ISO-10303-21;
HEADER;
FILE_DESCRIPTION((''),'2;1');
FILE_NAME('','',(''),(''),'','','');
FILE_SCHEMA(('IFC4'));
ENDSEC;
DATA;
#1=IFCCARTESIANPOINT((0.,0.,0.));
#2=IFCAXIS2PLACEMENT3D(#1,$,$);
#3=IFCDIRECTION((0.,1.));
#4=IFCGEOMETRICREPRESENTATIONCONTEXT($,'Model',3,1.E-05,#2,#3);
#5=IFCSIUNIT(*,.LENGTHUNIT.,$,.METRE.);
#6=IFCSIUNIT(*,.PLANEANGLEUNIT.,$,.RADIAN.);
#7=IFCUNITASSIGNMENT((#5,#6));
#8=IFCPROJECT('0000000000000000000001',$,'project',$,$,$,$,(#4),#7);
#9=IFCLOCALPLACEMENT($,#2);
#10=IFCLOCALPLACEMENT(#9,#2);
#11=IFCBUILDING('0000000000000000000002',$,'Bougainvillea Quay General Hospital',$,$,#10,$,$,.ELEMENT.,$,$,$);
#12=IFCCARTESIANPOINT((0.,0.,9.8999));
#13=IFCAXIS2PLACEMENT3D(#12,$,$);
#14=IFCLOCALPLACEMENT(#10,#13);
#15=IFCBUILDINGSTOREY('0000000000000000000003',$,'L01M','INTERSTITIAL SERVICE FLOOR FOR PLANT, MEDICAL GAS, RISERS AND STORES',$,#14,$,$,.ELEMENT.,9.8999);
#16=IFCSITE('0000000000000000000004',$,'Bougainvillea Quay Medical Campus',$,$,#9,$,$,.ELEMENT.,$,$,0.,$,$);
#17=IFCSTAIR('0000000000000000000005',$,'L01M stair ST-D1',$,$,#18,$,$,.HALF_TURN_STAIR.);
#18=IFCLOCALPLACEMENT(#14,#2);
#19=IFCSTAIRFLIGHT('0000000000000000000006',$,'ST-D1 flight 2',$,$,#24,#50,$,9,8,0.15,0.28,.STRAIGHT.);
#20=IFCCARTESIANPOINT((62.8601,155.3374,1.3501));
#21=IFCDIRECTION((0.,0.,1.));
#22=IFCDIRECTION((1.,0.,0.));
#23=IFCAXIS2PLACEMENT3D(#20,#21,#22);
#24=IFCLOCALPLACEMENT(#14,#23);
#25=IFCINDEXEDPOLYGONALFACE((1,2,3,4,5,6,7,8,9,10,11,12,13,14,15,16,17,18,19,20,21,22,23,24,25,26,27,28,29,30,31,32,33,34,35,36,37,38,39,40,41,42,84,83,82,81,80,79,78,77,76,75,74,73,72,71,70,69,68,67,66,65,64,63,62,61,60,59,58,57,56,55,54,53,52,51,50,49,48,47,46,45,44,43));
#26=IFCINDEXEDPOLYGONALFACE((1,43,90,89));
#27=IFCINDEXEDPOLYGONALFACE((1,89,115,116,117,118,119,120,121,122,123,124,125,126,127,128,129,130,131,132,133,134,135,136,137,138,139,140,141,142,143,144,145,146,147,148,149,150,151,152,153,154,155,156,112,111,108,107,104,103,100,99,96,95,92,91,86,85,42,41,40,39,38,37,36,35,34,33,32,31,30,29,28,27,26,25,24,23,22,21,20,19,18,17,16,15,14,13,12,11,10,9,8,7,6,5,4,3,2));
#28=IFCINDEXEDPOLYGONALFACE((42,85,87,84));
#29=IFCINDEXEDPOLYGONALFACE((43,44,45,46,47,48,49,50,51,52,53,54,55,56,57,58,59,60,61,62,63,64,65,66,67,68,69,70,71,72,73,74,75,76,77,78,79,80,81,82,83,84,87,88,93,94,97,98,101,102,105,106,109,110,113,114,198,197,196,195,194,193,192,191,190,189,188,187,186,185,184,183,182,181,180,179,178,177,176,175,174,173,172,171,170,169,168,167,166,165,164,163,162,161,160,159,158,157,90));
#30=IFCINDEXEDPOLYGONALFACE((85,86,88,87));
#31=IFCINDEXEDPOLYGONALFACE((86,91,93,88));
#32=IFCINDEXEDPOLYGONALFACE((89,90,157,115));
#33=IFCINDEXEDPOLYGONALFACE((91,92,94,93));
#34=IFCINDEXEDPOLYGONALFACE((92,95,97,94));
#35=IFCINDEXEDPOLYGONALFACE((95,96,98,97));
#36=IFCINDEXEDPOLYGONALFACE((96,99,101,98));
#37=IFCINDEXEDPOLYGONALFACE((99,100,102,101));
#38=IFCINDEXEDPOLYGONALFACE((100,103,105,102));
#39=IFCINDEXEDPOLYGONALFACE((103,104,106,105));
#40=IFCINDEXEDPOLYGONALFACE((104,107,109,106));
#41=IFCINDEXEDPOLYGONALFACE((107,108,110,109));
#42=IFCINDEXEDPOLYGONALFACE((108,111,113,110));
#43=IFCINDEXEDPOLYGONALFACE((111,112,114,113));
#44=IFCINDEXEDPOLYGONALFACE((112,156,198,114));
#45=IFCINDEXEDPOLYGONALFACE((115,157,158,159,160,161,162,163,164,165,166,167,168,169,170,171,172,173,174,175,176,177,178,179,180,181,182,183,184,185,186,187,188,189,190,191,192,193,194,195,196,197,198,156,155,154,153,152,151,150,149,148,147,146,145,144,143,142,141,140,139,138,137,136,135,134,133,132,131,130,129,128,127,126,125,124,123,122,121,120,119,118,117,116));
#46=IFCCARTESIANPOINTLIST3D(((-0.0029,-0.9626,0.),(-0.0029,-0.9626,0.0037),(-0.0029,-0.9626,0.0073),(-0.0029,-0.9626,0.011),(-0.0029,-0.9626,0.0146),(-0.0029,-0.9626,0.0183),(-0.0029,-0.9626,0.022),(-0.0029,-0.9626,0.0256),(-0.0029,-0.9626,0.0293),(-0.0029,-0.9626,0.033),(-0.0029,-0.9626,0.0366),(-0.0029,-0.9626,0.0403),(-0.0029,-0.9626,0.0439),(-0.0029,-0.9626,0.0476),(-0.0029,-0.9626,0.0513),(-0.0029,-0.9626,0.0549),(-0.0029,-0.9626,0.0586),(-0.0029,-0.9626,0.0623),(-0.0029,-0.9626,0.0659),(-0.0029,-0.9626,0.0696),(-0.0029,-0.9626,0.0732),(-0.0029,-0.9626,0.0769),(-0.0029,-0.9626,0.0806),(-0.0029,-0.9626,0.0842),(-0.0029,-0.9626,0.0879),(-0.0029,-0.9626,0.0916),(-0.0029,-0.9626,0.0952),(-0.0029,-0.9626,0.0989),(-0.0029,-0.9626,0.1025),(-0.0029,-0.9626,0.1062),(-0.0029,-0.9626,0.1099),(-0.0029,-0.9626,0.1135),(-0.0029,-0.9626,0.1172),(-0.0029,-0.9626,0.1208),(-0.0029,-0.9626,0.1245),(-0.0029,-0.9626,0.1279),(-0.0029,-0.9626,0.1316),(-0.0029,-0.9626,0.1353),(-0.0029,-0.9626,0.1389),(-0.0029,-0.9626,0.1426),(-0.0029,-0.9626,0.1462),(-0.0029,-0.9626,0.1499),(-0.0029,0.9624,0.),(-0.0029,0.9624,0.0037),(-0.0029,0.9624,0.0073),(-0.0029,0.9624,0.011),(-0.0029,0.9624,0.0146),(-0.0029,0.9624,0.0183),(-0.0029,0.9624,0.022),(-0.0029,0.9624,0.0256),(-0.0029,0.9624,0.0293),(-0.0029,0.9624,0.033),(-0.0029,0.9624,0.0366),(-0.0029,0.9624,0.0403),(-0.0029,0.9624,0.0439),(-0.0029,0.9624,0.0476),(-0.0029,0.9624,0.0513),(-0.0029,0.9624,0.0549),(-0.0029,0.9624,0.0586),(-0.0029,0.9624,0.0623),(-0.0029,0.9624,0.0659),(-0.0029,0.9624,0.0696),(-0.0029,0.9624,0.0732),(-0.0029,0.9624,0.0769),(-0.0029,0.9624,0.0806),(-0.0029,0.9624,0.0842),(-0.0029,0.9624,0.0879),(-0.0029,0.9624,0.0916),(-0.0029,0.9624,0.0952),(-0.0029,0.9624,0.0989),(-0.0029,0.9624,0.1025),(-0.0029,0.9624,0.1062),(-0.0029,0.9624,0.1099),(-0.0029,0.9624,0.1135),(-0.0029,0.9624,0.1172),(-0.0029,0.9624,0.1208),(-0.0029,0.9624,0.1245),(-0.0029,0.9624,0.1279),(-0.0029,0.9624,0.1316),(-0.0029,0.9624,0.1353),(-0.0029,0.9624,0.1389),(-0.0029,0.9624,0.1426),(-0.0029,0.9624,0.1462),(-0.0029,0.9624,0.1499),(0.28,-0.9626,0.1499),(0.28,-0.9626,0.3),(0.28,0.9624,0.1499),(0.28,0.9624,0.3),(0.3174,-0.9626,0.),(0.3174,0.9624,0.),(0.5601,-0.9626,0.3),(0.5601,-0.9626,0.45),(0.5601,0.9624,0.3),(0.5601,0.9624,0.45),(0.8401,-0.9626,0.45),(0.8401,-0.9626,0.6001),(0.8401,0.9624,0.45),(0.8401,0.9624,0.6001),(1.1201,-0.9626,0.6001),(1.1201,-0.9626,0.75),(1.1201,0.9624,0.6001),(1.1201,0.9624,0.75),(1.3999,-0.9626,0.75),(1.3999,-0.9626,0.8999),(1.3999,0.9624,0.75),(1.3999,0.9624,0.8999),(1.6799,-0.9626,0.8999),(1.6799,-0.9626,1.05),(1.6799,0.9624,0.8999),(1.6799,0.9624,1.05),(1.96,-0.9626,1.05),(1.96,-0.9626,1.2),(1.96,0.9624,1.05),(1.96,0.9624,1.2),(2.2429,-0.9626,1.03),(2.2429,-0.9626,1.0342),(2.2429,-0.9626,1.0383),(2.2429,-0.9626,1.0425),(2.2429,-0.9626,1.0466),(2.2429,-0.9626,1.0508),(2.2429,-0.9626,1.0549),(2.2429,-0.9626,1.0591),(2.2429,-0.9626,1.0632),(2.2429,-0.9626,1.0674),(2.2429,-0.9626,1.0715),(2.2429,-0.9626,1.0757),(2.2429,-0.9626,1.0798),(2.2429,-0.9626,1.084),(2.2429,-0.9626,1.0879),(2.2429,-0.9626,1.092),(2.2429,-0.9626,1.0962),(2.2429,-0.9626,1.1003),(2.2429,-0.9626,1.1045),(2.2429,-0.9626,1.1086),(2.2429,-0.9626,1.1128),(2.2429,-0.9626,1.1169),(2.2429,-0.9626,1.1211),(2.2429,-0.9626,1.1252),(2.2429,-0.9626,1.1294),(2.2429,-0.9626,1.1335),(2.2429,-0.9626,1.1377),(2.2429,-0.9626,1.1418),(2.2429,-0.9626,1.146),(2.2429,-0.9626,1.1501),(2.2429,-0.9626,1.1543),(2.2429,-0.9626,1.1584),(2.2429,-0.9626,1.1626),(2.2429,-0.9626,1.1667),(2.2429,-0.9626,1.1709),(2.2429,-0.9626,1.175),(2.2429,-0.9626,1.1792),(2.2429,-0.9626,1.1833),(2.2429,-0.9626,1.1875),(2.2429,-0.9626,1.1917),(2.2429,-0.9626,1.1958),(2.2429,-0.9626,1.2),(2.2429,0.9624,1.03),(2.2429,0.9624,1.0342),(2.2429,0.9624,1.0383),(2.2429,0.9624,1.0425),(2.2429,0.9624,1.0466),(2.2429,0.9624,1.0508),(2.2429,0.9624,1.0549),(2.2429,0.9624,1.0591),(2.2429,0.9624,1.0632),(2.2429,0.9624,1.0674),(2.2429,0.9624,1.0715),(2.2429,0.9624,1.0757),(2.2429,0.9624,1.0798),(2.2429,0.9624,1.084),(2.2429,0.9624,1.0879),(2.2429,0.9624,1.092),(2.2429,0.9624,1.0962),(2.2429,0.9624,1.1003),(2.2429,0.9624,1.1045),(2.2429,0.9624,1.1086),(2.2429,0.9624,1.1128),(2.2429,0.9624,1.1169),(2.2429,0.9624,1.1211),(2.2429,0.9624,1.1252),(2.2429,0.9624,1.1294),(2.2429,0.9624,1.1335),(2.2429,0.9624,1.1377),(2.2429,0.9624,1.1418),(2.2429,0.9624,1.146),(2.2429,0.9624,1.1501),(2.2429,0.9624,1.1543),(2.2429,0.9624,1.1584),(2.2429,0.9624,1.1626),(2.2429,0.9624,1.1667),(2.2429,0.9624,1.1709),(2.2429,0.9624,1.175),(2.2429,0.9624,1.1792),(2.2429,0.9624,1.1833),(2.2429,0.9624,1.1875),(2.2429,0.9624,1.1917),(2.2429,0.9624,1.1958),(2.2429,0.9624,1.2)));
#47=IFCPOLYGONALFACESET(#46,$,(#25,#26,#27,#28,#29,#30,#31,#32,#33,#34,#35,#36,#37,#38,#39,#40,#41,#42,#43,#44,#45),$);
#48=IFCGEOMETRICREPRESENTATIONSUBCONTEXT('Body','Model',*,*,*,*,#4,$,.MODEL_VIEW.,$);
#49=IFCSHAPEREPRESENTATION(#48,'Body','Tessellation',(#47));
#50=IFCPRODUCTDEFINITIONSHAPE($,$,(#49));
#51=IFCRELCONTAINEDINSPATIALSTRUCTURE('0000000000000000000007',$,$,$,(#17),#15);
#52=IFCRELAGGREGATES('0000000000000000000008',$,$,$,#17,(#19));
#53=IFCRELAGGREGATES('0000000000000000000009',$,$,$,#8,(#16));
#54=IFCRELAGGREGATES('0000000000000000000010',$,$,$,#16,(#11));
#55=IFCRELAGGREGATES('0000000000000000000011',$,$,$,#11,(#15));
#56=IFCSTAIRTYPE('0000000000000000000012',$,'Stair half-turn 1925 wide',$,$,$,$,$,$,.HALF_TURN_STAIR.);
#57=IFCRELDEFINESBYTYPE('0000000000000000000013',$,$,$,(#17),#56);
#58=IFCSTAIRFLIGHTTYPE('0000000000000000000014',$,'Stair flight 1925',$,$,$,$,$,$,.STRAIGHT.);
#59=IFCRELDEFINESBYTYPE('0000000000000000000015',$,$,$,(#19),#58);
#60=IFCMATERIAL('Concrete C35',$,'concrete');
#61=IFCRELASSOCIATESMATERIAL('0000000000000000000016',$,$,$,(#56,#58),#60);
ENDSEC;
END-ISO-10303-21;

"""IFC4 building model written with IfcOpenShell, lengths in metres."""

from ifc_helpers import new_model, si_unit, direction, frame, origin, place, context, subcontext, project, spatial, polyline, outline, extrude, material, type_object, element, aggregate, save


model = new_model("IFC4")

# Units and contexts
model_context = context("Model", 3, precision=1e-05, world=origin(), true_north=direction((0.0, 1.0)))
body_context = subcontext(model_context, "Body", "Model", "MODEL_VIEW")
ifc_project = project(units=[si_unit("LENGTHUNIT", "METRE"), si_unit("PLANEANGLEUNIT", "RADIAN")], contexts=[model_context])

# Site, building, storey
site_placement = place(None, origin())
site = spatial("IfcSite", under=ifc_project, at=site_placement, Name="Bougainvillea Quay Medical Campus", CompositionType="ELEMENT", RefElevation=0.0)
building_placement = place(site_placement, origin())
building = spatial("IfcBuilding", under=site, at=building_placement, Name="Bougainvillea Quay General Hospital", CompositionType="ELEMENT")
storey_placement = place(building_placement, frame((0.0, 0.0, 9.8999)))
storey = spatial("IfcBuildingStorey", under=building, at=storey_placement, Name="L01M", Description="INTERSTITIAL SERVICE FLOOR FOR PLANT, MEDICAL GAS, RISERS AND STORES", CompositionType="ELEMENT", Elevation=9.8999)

# Stair, stair flight
ifc_material_1 = material(Name="Concrete C35", Category="concrete")
stair_type = type_object("IfcStairType", Name="Stair half-turn 1925 wide", PredefinedType="HALF_TURN_STAIR", material=ifc_material_1)
stair_placement = place(storey_placement, origin())
stair = element("IfcStair", 1, at=stair_placement, inside=storey, type_object=stair_type, Name="L01M stair ST-D1", PredefinedType="HALF_TURN_STAIR")
stair_flight_type = type_object("IfcStairFlightType", Name="Stair flight 1925", PredefinedType="STRAIGHT", material=ifc_material_1)
stair_flight_1_placement = place(storey_placement, frame((62.8601, 155.3374, 1.3501), z_axis=(0.0, 0.0, 1.0), x_axis=(1.0, 0.0, 0.0)))
stair_flight_1 = element("IfcStairFlight", 2, at=stair_flight_1_placement, type_object=stair_flight_type, Name="ST-D1 flight 2", NumberOfRisers=9, NumberOfTreads=8, PredefinedType="STRAIGHT", RiserHeight=0.15, TreadLength=0.28, context=body_context, shape_type="SweptSolid", body=[
    extrude(outline(polyline([(-0.0029, 0.0), (-0.0029, 0.0037), (-0.0029, 0.0073), (-0.0029, 0.011), (-0.0029, 0.0146), (-0.0029, 0.0183), (-0.0029, 0.022), (-0.0029, 0.0256), (-0.0029, 0.0293), (-0.0029, 0.033), (-0.0029, 0.0366), (-0.0029, 0.0403), (-0.0029, 0.0439), (-0.0029, 0.0476), (-0.0029, 0.0513), (-0.0029, 0.0549), (-0.0029, 0.0586), (-0.0029, 0.0623), (-0.0029, 0.0659), (-0.0029, 0.0696), (-0.0029, 0.0732), (-0.0029, 0.0769), (-0.0029, 0.0806), (-0.0029, 0.0842), (-0.0029, 0.0879), (-0.0029, 0.0916), (-0.0029, 0.0952), (-0.0029, 0.0989), (-0.0029, 0.1025), (-0.0029, 0.1062), (-0.0029, 0.1099), (-0.0029, 0.1135), (-0.0029, 0.1172), (-0.0029, 0.1208), (-0.0029, 0.1245), (-0.0029, 0.1279), (-0.0029, 0.1316), (-0.0029, 0.1353), (-0.0029, 0.1389), (-0.0029, 0.1426), (-0.0029, 0.1462), (-0.0029, 0.1499), (0.28, 0.1499), (0.28, 0.3), (0.5601, 0.3), (0.5601, 0.45), (0.8401, 0.45), (0.8401, 0.6001), (1.1201, 0.6001), (1.1201, 0.75), (1.3999, 0.75), (1.3999, 0.8999), (1.6799, 0.8999), (1.6799, 1.05), (1.96, 1.05), (1.96, 1.2), (2.2429, 1.2), (2.2429, 1.1958), (2.2429, 1.1917), (2.2429, 1.1875), (2.2429, 1.1833), (2.2429, 1.1792), (2.2429, 1.175), (2.2429, 1.1709), (2.2429, 1.1667), (2.2429, 1.1626), (2.2429, 1.1584), (2.2429, 1.1543), (2.2429, 1.1501), (2.2429, 1.146), (2.2429, 1.1418), (2.2429, 1.1377), (2.2429, 1.1335), (2.2429, 1.1294), (2.2429, 1.1252), (2.2429, 1.1211), (2.2429, 1.1169), (2.2429, 1.1128), (2.2429, 1.1086), (2.2429, 1.1045), (2.2429, 1.1003), (2.2429, 1.0962), (2.2429, 1.092), (2.2429, 1.0879), (2.2429, 1.084), (2.2429, 1.0798), (2.2429, 1.0757), (2.2429, 1.0715), (2.2429, 1.0674), (2.2429, 1.0632), (2.2429, 1.0591), (2.2429, 1.0549), (2.2429, 1.0508), (2.2429, 1.0466), (2.2429, 1.0425), (2.2429, 1.0383), (2.2429, 1.0342), (2.2429, 1.03), (0.3174, 0.0), (-0.0029, 0.0)])), frame((0.0, 0.9624, 0.0), z_axis=(0.0, -1.0, 0.0), x_axis=(1.0, 0.0, 0.0)), (0.0, 0.0, 1.0), 1.925),
])
aggregate(stair, [stair_flight_1])

save(model, "model.ifc")
